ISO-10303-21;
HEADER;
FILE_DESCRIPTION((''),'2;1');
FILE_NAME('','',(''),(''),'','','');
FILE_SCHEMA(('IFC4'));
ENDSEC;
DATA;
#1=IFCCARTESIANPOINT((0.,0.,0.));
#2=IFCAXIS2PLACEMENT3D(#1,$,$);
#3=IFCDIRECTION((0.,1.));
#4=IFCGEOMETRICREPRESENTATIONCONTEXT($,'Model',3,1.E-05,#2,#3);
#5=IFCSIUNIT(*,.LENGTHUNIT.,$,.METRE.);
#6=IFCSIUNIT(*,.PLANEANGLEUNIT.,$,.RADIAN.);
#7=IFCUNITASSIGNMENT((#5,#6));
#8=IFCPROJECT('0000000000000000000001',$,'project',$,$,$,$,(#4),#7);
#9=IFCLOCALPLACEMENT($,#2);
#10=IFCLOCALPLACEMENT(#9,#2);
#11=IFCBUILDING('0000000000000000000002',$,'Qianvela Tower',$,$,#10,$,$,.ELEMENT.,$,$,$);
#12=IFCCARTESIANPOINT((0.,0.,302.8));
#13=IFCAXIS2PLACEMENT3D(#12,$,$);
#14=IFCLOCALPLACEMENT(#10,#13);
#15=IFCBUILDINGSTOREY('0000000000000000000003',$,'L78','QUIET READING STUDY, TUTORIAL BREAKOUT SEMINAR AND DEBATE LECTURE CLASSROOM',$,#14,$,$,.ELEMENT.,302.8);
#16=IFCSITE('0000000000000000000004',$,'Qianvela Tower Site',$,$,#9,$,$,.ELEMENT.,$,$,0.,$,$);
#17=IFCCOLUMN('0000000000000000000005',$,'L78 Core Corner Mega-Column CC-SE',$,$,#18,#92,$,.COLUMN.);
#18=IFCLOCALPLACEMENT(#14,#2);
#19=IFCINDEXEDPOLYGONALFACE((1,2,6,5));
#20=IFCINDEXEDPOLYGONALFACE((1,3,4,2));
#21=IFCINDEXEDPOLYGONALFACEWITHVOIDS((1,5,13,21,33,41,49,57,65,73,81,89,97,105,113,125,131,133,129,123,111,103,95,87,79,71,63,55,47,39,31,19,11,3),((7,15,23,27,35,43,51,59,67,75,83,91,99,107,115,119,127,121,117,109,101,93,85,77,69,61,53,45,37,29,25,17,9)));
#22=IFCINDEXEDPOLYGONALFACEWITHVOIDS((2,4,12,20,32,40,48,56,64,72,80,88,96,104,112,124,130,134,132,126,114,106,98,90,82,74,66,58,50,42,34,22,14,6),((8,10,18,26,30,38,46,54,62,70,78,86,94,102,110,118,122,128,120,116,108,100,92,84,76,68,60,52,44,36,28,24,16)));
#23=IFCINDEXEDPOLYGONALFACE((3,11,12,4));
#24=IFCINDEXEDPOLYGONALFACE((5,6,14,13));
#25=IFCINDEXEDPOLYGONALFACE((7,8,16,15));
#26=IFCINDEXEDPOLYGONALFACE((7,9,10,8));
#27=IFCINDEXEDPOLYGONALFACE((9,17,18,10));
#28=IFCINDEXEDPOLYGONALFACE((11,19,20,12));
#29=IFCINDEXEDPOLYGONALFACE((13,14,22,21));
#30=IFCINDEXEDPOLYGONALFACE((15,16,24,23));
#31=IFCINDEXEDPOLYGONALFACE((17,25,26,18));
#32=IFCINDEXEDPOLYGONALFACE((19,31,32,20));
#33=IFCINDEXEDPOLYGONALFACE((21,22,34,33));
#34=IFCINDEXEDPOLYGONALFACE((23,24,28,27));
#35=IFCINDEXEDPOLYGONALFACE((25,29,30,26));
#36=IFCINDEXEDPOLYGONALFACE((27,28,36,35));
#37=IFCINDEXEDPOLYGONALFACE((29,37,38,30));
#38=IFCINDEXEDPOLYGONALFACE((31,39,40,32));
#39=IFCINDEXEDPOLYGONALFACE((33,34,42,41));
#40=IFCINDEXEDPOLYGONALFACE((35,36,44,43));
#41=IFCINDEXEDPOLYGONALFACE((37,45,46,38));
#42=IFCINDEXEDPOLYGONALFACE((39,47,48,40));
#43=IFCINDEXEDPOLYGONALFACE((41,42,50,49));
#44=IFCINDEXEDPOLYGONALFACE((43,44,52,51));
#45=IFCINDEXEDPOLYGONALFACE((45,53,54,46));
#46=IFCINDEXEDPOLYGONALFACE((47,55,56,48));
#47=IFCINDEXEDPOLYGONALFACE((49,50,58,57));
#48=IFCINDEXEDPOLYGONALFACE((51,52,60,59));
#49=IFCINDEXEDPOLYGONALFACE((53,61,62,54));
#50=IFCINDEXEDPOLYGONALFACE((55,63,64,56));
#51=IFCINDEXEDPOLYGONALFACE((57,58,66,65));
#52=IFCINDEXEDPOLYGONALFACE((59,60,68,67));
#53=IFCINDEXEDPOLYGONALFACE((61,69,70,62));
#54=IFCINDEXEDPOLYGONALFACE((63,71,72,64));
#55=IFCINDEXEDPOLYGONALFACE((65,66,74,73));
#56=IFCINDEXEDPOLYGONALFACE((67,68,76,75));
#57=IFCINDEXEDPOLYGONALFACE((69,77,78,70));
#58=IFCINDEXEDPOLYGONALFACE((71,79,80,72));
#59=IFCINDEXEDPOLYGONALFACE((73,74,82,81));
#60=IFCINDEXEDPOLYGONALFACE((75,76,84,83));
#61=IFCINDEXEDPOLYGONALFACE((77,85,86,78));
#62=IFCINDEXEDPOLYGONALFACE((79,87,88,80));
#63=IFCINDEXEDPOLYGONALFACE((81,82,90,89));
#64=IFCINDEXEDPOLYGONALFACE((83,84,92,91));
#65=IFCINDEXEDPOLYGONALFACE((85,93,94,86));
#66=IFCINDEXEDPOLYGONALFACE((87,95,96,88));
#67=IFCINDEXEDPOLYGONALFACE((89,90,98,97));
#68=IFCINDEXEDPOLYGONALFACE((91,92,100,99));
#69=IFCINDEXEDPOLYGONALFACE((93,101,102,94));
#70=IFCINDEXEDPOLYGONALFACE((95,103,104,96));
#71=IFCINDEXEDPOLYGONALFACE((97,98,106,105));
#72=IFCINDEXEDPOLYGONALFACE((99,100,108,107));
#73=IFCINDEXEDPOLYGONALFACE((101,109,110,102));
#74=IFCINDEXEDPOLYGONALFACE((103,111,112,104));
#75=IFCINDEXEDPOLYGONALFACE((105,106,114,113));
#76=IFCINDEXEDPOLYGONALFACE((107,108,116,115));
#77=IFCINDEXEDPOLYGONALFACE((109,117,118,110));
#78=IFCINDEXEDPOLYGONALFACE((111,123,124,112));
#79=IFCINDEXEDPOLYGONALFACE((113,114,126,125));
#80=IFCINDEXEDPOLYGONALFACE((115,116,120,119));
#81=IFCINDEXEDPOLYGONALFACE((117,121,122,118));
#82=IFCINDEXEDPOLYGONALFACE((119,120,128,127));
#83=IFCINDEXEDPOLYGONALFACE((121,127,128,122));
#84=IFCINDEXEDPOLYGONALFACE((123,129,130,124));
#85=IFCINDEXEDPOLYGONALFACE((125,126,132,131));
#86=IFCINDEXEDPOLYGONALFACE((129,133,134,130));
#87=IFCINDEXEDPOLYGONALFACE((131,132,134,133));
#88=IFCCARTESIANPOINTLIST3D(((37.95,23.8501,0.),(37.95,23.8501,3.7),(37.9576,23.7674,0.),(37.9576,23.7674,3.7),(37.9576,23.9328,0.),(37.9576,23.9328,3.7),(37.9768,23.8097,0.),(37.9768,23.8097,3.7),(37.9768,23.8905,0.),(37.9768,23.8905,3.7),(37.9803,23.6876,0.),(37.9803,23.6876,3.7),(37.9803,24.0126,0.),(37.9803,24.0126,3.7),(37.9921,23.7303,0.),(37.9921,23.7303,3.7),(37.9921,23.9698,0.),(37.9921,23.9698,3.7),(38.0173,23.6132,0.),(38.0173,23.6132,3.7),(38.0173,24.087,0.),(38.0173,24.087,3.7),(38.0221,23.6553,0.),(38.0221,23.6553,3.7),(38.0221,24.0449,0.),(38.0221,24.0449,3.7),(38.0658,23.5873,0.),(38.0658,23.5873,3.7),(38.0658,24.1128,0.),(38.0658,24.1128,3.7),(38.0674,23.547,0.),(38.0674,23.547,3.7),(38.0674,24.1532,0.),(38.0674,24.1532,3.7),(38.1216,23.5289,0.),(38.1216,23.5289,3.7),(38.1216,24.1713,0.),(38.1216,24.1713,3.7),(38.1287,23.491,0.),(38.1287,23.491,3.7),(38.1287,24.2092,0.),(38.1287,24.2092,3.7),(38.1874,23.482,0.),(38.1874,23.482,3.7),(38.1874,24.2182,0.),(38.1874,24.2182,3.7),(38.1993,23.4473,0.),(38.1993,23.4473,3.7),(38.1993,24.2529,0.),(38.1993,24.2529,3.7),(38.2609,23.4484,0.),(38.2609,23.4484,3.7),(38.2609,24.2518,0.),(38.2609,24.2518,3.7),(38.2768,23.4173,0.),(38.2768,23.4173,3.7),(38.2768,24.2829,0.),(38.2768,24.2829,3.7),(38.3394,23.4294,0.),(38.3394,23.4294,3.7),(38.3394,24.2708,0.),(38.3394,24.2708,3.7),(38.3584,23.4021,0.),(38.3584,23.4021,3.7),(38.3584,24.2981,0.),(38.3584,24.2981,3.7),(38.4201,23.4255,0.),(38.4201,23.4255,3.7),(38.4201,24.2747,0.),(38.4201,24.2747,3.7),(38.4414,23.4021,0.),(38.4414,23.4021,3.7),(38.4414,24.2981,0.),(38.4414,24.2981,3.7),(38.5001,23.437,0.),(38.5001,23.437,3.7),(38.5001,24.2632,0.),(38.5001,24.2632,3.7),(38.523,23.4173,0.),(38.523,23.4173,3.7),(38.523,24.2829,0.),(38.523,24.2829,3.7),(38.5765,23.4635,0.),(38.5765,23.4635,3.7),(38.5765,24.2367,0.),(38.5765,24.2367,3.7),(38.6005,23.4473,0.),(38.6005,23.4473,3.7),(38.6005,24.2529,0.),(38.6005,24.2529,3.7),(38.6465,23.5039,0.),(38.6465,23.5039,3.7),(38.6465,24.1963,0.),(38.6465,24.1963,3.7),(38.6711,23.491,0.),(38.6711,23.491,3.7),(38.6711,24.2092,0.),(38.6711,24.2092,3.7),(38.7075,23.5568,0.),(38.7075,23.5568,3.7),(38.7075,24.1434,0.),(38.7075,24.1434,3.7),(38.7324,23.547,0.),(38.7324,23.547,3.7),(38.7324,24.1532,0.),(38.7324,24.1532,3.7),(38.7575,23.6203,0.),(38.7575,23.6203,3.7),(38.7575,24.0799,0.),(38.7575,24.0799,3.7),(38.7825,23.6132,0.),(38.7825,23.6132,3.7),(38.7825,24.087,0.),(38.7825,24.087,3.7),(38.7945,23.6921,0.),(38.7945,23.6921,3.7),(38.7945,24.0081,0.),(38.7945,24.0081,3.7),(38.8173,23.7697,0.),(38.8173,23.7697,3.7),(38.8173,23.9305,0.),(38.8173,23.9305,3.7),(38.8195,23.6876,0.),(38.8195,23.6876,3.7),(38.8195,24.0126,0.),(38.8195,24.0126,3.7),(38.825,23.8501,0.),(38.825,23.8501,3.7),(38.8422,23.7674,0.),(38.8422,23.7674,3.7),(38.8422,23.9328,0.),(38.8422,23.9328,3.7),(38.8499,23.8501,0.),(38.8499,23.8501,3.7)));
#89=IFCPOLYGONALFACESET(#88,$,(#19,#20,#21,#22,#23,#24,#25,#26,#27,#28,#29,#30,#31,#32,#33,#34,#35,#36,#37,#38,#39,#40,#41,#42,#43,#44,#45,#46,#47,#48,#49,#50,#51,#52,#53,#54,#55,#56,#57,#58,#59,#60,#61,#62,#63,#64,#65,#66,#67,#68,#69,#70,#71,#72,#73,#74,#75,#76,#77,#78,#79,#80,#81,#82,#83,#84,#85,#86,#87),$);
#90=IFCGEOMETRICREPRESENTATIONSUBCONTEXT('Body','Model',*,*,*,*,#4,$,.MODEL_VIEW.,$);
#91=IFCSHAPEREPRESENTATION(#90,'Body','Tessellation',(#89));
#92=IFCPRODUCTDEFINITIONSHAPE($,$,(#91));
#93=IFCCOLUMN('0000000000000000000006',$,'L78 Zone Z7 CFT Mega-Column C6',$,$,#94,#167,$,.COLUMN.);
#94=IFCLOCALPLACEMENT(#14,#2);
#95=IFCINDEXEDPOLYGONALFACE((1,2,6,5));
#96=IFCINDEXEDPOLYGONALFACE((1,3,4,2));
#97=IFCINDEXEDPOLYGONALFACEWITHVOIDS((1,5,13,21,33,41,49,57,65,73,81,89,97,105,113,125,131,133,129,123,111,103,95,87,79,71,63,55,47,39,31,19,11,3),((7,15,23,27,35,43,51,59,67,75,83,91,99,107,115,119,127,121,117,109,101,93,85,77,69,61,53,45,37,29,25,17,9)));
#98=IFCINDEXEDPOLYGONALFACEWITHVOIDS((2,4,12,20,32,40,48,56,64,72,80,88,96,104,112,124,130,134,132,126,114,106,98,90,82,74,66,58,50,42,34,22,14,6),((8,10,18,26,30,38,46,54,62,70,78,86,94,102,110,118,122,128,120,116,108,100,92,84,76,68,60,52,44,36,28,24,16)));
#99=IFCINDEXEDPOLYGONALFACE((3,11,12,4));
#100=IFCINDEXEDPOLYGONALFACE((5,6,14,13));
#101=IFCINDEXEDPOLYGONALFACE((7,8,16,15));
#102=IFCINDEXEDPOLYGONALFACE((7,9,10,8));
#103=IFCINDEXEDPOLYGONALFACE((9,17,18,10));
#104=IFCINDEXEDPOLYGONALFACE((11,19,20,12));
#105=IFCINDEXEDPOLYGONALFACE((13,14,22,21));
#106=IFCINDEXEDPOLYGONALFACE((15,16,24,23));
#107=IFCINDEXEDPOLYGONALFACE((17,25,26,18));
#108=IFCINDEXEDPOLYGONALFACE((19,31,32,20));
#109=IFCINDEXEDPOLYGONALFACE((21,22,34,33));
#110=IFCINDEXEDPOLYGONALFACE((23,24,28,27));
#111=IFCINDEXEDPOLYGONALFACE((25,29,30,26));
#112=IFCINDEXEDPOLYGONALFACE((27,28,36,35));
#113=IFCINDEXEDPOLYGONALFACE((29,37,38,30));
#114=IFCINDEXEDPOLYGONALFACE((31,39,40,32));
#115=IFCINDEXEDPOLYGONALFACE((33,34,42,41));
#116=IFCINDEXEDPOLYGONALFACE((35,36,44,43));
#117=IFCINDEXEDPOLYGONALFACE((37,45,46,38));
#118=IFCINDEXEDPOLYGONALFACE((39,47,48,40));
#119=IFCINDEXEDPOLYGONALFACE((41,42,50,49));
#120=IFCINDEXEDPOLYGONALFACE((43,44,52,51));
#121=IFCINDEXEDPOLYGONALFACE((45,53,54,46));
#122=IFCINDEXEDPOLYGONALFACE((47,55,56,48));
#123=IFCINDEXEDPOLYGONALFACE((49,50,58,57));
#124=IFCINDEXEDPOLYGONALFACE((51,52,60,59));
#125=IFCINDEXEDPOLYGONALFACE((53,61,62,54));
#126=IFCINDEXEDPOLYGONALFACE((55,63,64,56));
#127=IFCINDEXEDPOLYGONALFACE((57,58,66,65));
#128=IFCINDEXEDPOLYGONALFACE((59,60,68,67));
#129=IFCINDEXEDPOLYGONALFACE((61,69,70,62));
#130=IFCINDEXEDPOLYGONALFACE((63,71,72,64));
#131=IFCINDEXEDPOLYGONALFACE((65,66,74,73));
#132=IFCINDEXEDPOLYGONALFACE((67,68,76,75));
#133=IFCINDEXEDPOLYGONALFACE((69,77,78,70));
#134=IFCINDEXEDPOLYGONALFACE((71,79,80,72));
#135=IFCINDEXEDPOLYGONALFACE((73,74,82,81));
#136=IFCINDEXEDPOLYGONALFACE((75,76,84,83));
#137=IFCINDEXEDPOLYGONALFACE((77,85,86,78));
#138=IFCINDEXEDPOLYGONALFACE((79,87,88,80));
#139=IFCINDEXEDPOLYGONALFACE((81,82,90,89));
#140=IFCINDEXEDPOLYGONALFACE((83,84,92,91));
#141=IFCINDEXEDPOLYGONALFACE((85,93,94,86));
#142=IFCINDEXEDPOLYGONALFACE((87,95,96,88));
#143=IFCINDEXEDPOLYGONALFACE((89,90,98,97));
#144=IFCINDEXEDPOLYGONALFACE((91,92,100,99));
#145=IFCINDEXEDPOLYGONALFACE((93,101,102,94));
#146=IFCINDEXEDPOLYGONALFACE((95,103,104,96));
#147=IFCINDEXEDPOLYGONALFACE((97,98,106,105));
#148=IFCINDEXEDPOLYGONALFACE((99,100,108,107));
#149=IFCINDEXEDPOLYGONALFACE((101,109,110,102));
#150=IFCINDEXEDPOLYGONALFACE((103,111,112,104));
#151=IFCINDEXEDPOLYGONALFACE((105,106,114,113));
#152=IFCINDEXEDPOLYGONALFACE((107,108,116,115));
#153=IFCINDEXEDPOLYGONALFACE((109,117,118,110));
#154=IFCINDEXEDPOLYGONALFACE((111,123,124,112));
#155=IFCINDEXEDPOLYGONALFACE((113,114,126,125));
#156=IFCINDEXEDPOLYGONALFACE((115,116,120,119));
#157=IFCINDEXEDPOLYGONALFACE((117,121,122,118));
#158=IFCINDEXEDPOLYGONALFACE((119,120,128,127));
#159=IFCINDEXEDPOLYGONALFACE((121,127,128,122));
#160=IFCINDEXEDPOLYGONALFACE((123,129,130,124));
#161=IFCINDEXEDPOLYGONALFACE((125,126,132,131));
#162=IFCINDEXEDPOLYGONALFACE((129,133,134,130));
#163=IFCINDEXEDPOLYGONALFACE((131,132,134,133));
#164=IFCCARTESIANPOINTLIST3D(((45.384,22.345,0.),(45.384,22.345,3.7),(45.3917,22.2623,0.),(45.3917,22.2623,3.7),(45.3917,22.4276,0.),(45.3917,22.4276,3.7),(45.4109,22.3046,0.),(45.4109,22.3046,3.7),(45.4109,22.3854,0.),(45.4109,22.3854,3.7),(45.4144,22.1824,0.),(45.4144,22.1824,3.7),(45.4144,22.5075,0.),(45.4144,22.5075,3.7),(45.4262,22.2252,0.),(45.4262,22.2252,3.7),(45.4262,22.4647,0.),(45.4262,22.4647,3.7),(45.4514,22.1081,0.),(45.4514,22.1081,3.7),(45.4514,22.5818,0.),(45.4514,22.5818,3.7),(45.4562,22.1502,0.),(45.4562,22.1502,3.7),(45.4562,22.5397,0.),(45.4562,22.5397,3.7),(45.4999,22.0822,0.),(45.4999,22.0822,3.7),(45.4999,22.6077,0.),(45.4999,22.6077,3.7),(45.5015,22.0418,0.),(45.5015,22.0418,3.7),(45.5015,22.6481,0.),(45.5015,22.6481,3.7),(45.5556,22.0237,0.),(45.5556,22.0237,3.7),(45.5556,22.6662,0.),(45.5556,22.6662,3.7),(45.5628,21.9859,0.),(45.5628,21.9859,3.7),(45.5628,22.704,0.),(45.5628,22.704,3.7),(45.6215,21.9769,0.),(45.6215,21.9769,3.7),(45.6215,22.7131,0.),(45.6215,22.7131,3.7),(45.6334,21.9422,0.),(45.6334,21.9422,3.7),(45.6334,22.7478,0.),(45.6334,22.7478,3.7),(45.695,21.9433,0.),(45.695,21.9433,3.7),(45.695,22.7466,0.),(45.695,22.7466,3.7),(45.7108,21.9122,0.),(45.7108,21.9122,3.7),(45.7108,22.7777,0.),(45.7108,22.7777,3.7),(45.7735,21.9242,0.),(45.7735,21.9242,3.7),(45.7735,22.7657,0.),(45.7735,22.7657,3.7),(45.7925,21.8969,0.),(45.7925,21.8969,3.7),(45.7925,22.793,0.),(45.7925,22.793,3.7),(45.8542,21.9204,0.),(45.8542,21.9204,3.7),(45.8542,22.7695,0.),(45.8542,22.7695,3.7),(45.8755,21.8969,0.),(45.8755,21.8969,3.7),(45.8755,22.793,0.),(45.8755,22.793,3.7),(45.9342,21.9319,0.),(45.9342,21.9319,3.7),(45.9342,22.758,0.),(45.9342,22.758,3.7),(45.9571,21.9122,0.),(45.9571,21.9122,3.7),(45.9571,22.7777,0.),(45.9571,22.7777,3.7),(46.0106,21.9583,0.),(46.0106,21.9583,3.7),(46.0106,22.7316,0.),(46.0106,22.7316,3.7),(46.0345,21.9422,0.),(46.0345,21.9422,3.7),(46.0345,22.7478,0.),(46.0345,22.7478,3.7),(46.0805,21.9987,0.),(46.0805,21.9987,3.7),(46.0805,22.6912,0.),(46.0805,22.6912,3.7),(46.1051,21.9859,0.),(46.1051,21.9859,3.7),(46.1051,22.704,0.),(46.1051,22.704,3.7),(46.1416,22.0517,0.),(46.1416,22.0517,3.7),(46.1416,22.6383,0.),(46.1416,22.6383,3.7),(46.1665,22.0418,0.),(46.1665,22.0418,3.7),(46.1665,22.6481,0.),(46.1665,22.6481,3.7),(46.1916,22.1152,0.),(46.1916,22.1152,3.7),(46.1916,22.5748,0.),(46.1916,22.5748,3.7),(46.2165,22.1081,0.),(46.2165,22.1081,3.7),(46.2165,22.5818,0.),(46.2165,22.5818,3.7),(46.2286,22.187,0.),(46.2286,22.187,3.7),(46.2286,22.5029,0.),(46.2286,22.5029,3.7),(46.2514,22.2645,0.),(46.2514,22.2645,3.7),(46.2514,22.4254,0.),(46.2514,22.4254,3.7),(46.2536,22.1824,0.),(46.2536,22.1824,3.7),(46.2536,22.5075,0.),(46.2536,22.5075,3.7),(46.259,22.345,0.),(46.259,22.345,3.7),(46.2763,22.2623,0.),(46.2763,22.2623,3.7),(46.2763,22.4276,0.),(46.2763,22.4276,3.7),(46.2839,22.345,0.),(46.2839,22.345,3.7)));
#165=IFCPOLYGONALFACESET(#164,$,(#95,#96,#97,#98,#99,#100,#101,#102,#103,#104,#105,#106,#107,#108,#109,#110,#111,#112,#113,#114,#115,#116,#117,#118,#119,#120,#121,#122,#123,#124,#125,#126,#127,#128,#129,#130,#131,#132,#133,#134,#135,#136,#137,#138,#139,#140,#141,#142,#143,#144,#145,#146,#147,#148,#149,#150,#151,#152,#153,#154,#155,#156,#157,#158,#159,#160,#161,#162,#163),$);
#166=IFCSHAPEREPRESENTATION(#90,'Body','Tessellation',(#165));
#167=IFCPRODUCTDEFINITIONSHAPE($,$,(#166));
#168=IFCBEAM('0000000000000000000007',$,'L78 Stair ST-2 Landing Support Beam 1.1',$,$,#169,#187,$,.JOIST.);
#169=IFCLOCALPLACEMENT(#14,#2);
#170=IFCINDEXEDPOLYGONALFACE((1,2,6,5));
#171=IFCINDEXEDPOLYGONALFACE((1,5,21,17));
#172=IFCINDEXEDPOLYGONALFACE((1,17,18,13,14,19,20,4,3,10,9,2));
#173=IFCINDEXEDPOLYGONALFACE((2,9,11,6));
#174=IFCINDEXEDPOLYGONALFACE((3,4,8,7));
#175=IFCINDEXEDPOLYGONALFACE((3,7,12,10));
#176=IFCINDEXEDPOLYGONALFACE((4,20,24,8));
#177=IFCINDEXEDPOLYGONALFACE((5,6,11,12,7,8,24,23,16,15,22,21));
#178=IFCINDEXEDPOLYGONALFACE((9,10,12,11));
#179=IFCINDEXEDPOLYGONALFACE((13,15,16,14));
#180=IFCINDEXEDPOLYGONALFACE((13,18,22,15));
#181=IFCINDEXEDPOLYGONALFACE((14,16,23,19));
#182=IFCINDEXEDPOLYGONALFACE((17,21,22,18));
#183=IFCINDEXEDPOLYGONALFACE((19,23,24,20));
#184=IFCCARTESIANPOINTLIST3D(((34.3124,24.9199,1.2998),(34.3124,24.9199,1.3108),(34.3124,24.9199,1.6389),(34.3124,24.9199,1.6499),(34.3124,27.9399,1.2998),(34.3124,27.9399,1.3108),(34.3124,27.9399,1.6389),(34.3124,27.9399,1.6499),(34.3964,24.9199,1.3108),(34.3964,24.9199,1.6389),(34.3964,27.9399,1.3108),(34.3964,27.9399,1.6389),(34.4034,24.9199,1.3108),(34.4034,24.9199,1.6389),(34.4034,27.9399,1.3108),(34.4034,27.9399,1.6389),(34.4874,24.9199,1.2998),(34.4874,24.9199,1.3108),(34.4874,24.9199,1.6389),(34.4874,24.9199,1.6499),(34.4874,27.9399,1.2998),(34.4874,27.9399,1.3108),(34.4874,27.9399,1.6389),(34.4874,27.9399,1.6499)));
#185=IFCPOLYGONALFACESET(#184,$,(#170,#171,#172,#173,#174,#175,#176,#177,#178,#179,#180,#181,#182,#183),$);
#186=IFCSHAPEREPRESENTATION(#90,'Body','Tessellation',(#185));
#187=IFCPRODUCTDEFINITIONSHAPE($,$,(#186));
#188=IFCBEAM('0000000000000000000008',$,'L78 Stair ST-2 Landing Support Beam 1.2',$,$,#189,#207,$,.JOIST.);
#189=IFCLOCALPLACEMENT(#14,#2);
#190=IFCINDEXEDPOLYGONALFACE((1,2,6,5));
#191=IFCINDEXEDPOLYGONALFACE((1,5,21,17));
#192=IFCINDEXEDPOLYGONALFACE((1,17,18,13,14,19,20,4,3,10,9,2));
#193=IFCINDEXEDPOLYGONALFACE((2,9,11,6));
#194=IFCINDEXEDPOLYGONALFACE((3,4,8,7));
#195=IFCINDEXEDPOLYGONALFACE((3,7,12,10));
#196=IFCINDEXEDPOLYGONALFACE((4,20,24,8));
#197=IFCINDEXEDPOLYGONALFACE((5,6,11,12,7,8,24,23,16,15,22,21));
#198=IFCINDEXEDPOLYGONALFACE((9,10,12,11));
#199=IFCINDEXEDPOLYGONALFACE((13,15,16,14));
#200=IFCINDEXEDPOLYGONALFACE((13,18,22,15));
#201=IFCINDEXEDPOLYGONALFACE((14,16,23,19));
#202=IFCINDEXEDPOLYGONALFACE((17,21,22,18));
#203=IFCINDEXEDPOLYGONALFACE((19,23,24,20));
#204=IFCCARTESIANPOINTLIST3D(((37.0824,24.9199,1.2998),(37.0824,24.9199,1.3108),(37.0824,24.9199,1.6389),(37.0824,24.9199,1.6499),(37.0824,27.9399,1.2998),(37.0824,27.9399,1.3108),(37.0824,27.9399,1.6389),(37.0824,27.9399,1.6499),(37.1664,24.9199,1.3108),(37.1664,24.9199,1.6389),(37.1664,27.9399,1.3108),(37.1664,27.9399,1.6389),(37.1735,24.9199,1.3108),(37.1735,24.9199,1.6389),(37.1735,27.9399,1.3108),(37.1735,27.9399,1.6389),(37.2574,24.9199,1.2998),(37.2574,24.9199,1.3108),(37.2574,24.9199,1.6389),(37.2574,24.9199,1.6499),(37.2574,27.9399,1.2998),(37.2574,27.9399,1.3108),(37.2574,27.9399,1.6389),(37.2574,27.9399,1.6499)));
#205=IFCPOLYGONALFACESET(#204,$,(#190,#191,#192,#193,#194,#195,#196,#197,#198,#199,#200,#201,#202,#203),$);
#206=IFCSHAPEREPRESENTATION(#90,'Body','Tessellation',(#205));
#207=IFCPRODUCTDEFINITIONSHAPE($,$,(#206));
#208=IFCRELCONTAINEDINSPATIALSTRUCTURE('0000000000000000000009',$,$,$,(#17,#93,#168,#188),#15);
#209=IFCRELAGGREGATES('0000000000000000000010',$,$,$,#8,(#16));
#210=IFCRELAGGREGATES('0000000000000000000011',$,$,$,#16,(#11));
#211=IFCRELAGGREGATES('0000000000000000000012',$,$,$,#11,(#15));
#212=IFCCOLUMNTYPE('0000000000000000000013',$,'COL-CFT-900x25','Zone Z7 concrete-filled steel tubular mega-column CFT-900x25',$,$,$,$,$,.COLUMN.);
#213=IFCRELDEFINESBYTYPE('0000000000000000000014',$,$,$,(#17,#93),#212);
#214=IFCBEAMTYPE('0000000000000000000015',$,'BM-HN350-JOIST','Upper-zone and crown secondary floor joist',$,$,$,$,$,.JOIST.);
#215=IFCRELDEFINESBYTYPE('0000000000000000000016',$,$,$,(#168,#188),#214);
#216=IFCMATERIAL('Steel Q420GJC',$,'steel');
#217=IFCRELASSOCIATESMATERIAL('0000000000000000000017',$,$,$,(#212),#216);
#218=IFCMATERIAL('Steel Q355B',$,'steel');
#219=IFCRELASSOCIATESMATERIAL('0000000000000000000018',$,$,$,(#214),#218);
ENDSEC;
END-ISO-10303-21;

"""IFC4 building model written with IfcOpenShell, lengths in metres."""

from ifc_helpers import new_model, si_unit, direction, frame, origin, origin_2d, place, context, subcontext, project, spatial, hollow_circle, i_section, extrude, material, material_profile, profile_set, type_object, element, save


model = new_model("IFC4")

# Units and contexts
model_context = context("Model", 3, precision=1e-05, world=origin(), true_north=direction((0.0, 1.0)))
body_context = subcontext(model_context, "Body", "Model", "MODEL_VIEW")
ifc_project = project(units=[si_unit("LENGTHUNIT", "METRE"), si_unit("PLANEANGLEUNIT", "RADIAN")], contexts=[model_context])

# Site, building, storey
site_placement = place(None, origin())
site = spatial("IfcSite", under=ifc_project, at=site_placement, Name="Qianvela Tower Site", CompositionType="ELEMENT", RefElevation=0.0)
building_placement = place(site_placement, origin())
building = spatial("IfcBuilding", under=site, at=building_placement, Name="Qianvela Tower", CompositionType="ELEMENT")
storey_placement = place(building_placement, frame((0.0, 0.0, 302.8)))
storey = spatial("IfcBuildingStorey", under=building, at=storey_placement, Name="L78", Description="QUIET READING STUDY, TUTORIAL BREAKOUT SEMINAR AND DEBATE LECTURE CLASSROOM", CompositionType="ELEMENT", Elevation=302.8)

# Columns
ifc_material_1 = material(Name="Steel Q420GJC", Category="steel")
ifc_material_profile_1 = material_profile(ifc_material_1, hollow_circle(Radius=0.45, WallThickness=0.0249, at=origin_2d()), Name="CFT-900x25")
ifc_profile_set_1 = profile_set([ifc_material_profile_1], Name="Steel Q420GJC")
column_type = type_object("IfcColumnType", Name="COL-CFT-900x25", Description="Zone Z7 concrete-filled steel tubular mega-column CFT-900x25", PredefinedType="COLUMN", material=ifc_profile_set_1)
for number, where, z_axis, x_axis, name in (
    (1, (38.3999, 23.8501, 0.0), (0.0, 0.0, 1.0), (1.0, 0.0, 0.0), "L78 Core Corner Mega-Column CC-SE"),
    (2, (45.834, 22.345, 0.0), (0.0, 0.0, 1.0), (1.0, 0.0, 0.0), "L78 Zone Z7 CFT Mega-Column C6"),
):
    element("IfcColumn", number, at=place(storey_placement, frame(where, z_axis=z_axis, x_axis=x_axis)), inside=storey, type_object=column_type, Name=name, PredefinedType="COLUMN", context=body_context, shape_type="SweptSolid", body=[
        extrude(hollow_circle(Radius=0.45, WallThickness=0.0249, at=origin_2d()), origin(), (0.0, 0.0, 1.0), 3.7),
    ])

# Beams
ifc_material_2 = material(Name="Steel Q355B", Category="steel")
ifc_material_profile_2 = material_profile(ifc_material_2, i_section(OverallWidth=0.175, OverallDepth=0.3501, WebThickness=0.0071, FlangeThickness=0.011, at=origin_2d()), Name="HN350x175x7x11")
ifc_profile_set_2 = profile_set([ifc_material_profile_2], Name="Steel Q355B")
beam_type_1 = type_object("IfcBeamType", Name="BM-HN350-JOIST", Description="Upper-zone and crown secondary floor joist", PredefinedType="JOIST", material=ifc_profile_set_2)
for number, where, z_axis, x_axis, name in (
    (3, (34.3999, 24.9199, 1.4749), (0.0, 1.0, 0.0), (-1.0, 0.0, 0.0), "L78 Stair ST-2 Landing Support Beam 1.1"),
    (4, (37.1699, 24.9199, 1.4749), (0.0, 1.0, 0.0), (-1.0, 0.0, 0.0), "L78 Stair ST-2 Landing Support Beam 1.2"),
):
    element("IfcBeam", number, at=place(storey_placement, frame(where, z_axis=z_axis, x_axis=x_axis)), inside=storey, type_object=beam_type_1, Name=name, PredefinedType="JOIST", context=body_context, shape_type="SweptSolid", body=[
        extrude(i_section(OverallWidth=0.175, OverallDepth=0.3501, WebThickness=0.0071, FlangeThickness=0.011, at=origin_2d()), origin(), (0.0, 0.0, 1.0), 3.02),
    ])

save(model, "model.ifc")
